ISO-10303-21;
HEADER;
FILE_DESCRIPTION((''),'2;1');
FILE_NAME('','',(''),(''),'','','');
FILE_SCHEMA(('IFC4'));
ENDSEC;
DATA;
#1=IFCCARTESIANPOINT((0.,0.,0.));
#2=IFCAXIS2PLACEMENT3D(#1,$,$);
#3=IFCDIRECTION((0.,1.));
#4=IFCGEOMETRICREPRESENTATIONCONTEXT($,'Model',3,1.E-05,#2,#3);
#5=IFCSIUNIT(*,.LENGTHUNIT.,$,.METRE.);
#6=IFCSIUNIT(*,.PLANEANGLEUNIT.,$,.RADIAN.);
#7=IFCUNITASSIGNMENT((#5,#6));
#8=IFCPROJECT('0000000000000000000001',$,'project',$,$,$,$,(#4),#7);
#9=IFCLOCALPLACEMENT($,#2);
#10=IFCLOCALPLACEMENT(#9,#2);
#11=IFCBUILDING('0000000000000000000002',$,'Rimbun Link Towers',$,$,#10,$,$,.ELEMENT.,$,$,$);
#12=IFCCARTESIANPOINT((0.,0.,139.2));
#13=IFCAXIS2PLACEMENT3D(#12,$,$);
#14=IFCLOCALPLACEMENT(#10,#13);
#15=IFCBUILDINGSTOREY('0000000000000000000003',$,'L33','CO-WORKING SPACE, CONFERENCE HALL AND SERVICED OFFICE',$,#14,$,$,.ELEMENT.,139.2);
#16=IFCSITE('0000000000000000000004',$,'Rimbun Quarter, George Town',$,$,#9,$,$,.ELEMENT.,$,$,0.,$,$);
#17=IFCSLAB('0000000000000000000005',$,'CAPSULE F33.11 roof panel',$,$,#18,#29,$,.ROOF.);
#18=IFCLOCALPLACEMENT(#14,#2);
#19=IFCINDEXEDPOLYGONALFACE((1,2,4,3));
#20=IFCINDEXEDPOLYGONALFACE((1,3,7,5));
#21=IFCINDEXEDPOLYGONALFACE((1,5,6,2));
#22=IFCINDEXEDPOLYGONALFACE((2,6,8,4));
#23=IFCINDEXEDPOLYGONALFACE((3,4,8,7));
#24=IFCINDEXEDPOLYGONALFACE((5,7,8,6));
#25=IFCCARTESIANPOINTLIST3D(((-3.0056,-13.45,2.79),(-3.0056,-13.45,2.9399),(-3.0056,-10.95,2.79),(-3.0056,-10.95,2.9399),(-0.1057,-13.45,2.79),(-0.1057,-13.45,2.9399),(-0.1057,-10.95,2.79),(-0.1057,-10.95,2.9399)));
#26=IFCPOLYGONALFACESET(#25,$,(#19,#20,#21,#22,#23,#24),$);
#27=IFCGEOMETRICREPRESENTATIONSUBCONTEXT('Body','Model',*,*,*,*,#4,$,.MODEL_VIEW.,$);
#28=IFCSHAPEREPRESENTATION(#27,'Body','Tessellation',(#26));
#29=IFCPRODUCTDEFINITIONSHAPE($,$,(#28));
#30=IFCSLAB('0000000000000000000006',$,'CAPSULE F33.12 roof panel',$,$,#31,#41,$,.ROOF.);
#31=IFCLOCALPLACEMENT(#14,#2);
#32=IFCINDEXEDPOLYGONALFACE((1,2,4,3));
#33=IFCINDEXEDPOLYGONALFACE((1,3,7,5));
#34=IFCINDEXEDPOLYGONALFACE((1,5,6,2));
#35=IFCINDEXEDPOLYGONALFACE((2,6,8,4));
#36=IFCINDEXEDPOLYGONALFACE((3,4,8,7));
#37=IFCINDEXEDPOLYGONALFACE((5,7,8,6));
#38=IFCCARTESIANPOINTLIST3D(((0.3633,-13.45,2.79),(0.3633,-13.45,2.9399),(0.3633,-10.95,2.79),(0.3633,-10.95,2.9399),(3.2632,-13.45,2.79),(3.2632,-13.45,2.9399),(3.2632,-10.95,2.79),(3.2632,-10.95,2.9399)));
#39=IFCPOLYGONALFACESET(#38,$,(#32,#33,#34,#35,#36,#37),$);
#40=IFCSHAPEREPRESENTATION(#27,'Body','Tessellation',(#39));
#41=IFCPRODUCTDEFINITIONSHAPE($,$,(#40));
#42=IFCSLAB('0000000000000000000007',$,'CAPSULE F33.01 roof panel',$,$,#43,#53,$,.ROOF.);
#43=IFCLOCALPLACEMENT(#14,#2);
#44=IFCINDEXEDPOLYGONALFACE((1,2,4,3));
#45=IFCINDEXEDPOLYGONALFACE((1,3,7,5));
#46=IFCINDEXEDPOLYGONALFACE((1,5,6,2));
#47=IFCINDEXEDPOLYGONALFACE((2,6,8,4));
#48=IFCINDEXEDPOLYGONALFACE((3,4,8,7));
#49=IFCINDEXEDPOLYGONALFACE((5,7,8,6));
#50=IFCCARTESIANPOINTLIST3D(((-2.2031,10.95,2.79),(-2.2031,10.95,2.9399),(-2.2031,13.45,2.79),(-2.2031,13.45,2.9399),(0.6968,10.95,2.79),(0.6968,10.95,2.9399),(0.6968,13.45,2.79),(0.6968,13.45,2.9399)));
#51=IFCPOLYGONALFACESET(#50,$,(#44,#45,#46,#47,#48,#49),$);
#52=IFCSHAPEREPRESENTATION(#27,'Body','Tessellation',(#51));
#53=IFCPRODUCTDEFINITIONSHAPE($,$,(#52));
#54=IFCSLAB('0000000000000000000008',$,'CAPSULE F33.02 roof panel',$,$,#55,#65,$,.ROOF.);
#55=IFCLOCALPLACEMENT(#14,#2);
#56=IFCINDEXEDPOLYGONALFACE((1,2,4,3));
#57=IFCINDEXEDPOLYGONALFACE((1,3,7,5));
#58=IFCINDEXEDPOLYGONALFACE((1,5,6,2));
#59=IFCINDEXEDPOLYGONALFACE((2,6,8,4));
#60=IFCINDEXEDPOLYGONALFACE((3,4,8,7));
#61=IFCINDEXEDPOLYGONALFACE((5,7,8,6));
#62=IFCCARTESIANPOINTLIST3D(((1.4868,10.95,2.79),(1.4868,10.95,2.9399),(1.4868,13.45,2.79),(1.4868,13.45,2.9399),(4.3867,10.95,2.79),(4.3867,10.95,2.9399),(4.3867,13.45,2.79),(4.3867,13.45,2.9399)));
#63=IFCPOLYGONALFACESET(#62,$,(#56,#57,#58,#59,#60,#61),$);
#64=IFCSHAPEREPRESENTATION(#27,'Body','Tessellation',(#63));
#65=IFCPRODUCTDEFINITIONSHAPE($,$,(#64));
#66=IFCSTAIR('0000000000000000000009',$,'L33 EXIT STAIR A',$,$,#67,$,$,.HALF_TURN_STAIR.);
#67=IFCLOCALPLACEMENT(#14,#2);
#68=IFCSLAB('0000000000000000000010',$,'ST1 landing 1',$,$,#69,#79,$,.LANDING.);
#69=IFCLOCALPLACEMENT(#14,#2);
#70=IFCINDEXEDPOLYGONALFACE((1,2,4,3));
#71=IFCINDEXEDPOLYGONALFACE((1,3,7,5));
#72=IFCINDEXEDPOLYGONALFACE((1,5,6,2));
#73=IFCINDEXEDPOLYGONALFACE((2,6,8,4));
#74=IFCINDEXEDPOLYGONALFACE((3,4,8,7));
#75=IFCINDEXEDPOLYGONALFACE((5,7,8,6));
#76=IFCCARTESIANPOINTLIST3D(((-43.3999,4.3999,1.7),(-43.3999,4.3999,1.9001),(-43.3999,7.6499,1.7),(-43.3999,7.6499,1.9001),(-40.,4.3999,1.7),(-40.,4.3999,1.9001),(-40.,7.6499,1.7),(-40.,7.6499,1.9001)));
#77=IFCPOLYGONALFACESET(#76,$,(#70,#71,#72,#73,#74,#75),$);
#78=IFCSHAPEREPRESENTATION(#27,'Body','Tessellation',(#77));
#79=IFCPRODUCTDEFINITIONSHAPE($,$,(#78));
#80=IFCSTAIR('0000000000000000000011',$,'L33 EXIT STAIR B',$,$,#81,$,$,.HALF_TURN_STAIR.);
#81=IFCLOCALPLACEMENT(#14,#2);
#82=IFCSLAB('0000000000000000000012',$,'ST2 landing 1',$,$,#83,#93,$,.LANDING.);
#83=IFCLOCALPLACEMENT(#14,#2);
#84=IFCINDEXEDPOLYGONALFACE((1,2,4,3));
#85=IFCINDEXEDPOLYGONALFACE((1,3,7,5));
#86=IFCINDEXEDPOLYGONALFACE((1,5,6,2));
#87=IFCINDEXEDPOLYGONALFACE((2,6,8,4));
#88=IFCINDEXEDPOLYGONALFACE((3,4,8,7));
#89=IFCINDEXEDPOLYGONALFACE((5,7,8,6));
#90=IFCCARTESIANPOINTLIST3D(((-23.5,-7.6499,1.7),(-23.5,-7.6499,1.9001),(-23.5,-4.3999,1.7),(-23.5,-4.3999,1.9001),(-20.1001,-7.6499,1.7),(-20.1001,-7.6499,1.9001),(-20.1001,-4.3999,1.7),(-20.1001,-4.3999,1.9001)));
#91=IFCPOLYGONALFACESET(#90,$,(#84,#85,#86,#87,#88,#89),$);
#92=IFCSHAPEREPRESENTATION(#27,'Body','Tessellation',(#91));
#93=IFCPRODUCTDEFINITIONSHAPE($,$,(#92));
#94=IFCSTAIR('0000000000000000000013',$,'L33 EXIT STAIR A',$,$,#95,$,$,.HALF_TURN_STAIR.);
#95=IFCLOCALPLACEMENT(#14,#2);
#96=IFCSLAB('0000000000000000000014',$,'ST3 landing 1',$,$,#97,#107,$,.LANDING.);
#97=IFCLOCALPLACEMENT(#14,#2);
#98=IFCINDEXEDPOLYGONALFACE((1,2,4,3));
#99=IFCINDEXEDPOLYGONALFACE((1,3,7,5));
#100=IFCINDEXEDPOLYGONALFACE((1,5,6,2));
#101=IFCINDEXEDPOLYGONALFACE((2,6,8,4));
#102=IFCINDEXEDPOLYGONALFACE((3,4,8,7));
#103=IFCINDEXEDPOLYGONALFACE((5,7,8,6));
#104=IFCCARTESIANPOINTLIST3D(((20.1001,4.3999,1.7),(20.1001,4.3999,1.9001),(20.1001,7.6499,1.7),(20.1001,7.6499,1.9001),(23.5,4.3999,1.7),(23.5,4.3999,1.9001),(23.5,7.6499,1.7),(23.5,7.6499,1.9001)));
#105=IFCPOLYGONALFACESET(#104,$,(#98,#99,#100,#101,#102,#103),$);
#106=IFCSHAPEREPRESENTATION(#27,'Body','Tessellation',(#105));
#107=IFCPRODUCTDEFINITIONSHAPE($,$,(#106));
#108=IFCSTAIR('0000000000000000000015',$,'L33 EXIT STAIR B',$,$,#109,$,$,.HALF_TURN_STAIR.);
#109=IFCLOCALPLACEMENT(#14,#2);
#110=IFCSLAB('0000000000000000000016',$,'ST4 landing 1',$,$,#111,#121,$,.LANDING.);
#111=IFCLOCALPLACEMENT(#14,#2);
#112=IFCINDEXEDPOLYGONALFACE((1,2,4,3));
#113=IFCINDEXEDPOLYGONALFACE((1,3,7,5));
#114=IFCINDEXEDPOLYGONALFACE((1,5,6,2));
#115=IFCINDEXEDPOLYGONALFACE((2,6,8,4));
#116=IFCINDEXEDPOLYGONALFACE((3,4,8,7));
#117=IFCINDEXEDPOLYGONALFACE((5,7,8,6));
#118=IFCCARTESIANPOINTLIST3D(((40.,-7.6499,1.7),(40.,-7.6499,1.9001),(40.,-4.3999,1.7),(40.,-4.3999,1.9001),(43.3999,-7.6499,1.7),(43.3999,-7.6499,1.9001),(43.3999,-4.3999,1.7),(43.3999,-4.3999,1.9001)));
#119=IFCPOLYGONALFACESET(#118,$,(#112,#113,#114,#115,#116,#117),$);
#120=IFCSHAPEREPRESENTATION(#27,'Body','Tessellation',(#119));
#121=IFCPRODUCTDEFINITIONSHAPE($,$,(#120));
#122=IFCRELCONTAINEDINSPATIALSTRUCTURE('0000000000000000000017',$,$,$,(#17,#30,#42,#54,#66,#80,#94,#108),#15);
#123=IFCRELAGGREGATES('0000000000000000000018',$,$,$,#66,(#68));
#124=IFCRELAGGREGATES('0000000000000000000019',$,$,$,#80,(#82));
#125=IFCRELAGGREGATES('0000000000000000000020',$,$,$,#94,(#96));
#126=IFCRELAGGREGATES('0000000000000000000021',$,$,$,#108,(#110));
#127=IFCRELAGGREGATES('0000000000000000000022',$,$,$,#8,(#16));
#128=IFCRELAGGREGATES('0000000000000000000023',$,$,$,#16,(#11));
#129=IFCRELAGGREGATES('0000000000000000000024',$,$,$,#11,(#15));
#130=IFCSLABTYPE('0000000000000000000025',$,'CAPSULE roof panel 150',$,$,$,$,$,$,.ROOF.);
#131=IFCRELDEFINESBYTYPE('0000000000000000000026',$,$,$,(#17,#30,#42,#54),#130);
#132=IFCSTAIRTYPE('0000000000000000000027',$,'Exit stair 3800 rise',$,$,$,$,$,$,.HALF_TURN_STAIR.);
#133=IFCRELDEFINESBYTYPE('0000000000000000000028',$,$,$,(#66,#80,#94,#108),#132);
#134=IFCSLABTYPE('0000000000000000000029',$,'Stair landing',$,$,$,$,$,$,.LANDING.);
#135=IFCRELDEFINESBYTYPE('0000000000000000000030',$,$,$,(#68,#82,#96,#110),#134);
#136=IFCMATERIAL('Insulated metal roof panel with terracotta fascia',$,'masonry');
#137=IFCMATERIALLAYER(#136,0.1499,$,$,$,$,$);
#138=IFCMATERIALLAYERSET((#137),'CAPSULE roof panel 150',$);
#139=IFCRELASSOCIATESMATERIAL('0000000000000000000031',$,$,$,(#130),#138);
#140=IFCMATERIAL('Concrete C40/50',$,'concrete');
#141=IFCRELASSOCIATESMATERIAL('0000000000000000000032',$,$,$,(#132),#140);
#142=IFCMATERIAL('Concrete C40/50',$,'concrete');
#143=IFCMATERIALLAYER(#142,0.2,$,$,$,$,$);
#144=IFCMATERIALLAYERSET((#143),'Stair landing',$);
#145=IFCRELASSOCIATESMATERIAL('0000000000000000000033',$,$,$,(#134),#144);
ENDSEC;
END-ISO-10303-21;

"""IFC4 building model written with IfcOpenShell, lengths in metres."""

from ifc_helpers import new_model, si_unit, direction, frame, origin, place, context, subcontext, project, spatial, polyline, outline, extrude, material, layer, layer_set, type_object, element, aggregate, save


model = new_model("IFC4")

# Units and contexts
model_context = context("Model", 3, precision=1e-05, world=origin(), true_north=direction((0.0, 1.0)))
body_context = subcontext(model_context, "Body", "Model", "MODEL_VIEW")
ifc_project = project(units=[si_unit("LENGTHUNIT", "METRE"), si_unit("PLANEANGLEUNIT", "RADIAN")], contexts=[model_context])

# Site, building, storey
site_placement = place(None, origin())
site = spatial("IfcSite", under=ifc_project, at=site_placement, Name="Rimbun Quarter, George Town", CompositionType="ELEMENT", RefElevation=0.0)
building_placement = place(site_placement, origin())
building = spatial("IfcBuilding", under=site, at=building_placement, Name="Rimbun Link Towers", CompositionType="ELEMENT")
storey_placement = place(building_placement, frame((0.0, 0.0, 139.2)))
storey = spatial("IfcBuildingStorey", under=building, at=storey_placement, Name="L33", Description="CO-WORKING SPACE, CONFERENCE HALL AND SERVICED OFFICE", CompositionType="ELEMENT", Elevation=139.2)

# Slabs
ifc_material_1 = material(Name="Insulated metal roof panel with terracotta fascia", Category="masonry")
ifc_layer_1 = layer(ifc_material_1, 0.1499)
ifc_layer_set_1 = layer_set([ifc_layer_1], Name="CAPSULE roof panel 150")
slab_type_1 = type_object("IfcSlabType", Name="CAPSULE roof panel 150", PredefinedType="ROOF", material=ifc_layer_set_1)
slab_1_placement = place(storey_placement, frame((0.0, 0.0, 2.79)))
element("IfcSlab", 1, at=slab_1_placement, inside=storey, type_object=slab_type_1, Name="CAPSULE F33.11 roof panel", PredefinedType="ROOF", context=body_context, shape_type="SweptSolid", body=[
    extrude(outline(polyline([(-3.0056, -13.45), (-0.1057, -13.45), (-0.1057, -10.95), (-3.0056, -10.95), (-3.0056, -13.45)])), origin(), (0.0, 0.0, 1.0), 0.1499),
])
slab_2_placement = place(storey_placement, frame((0.0, 0.0, 2.79)))
element("IfcSlab", 2, at=slab_2_placement, inside=storey, type_object=slab_type_1, Name="CAPSULE F33.12 roof panel", PredefinedType="ROOF", context=body_context, shape_type="SweptSolid", body=[
    extrude(outline(polyline([(0.3633, -13.45), (3.2632, -13.45), (3.2632, -10.95), (0.3633, -10.95), (0.3633, -13.45)])), origin(), (0.0, 0.0, 1.0), 0.1499),
])
slab_3_placement = place(storey_placement, frame((0.0, 0.0, 2.79)))
element("IfcSlab", 3, at=slab_3_placement, inside=storey, type_object=slab_type_1, Name="CAPSULE F33.01 roof panel", PredefinedType="ROOF", context=body_context, shape_type="SweptSolid", body=[
    extrude(outline(polyline([(0.6968, 13.45), (-2.2031, 13.45), (-2.2031, 10.95), (0.6968, 10.95), (0.6968, 13.45)])), origin(), (0.0, 0.0, 1.0), 0.1499),
])
slab_4_placement = place(storey_placement, frame((0.0, 0.0, 2.79)))
element("IfcSlab", 4, at=slab_4_placement, inside=storey, type_object=slab_type_1, Name="CAPSULE F33.02 roof panel", PredefinedType="ROOF", context=body_context, shape_type="SweptSolid", body=[
    extrude(outline(polyline([(4.3867, 13.45), (1.4868, 13.45), (1.4868, 10.95), (4.3867, 10.95), (4.3867, 13.45)])), origin(), (0.0, 0.0, 1.0), 0.1499),
])

# Stairs, slabs
ifc_material_2 = material(Name="Concrete C40/50", Category="concrete")
stair_type = type_object("IfcStairType", Name="Exit stair 3800 rise", PredefinedType="HALF_TURN_STAIR", material=ifc_material_2)
stair_1_placement = place(storey_placement, origin())
stair_1 = element("IfcStair", 5, at=stair_1_placement, inside=storey, type_object=stair_type, Name="L33 EXIT STAIR A", PredefinedType="HALF_TURN_STAIR")
ifc_material_3 = material(Name="Concrete C40/50", Category="concrete")
ifc_layer_2 = layer(ifc_material_3, 0.2)
ifc_layer_set_2 = layer_set([ifc_layer_2], Name="Stair landing")
slab_type_2 = type_object("IfcSlabType", Name="Stair landing", PredefinedType="LANDING", material=ifc_layer_set_2)
slab_5_placement = place(storey_placement, frame((0.0, 0.0, 1.7)))
slab_5 = element("IfcSlab", 6, at=slab_5_placement, type_object=slab_type_2, Name="ST1 landing 1", PredefinedType="LANDING", context=body_context, shape_type="SweptSolid", body=[
    extrude(outline(polyline([(-40.0, 7.6499), (-43.3999, 7.6499), (-43.3999, 4.3999), (-40.0, 4.3999), (-40.0, 7.6499)])), origin(), (0.0, 0.0, 1.0), 0.2002),
])
aggregate(stair_1, [slab_5])
stair_2_placement = place(storey_placement, origin())
stair_2 = element("IfcStair", 7, at=stair_2_placement, inside=storey, type_object=stair_type, Name="L33 EXIT STAIR B", PredefinedType="HALF_TURN_STAIR")
slab_6_placement = place(storey_placement, frame((0.0, 0.0, 1.7)))
slab_6 = element("IfcSlab", 8, at=slab_6_placement, type_object=slab_type_2, Name="ST2 landing 1", PredefinedType="LANDING", context=body_context, shape_type="SweptSolid", body=[
    extrude(outline(polyline([(-23.5, -7.6499), (-20.1001, -7.6499), (-20.1001, -4.3999), (-23.5, -4.3999), (-23.5, -7.6499)])), origin(), (0.0, 0.0, 1.0), 0.2002),
])
aggregate(stair_2, [slab_6])
stair_3_placement = place(storey_placement, origin())
stair_3 = element("IfcStair", 9, at=stair_3_placement, inside=storey, type_object=stair_type, Name="L33 EXIT STAIR A", PredefinedType="HALF_TURN_STAIR")
slab_7_placement = place(storey_placement, frame((0.0, 0.0, 1.7)))
slab_7 = element("IfcSlab", 10, at=slab_7_placement, type_object=slab_type_2, Name="ST3 landing 1", PredefinedType="LANDING", context=body_context, shape_type="SweptSolid", body=[
    extrude(outline(polyline([(23.5, 7.6499), (20.1001, 7.6499), (20.1001, 4.3999), (23.5, 4.3999), (23.5, 7.6499)])), origin(), (0.0, 0.0, 1.0), 0.2002),
])
aggregate(stair_3, [slab_7])
stair_4_placement = place(storey_placement, origin())
stair_4 = element("IfcStair", 11, at=stair_4_placement, inside=storey, type_object=stair_type, Name="L33 EXIT STAIR B", PredefinedType="HALF_TURN_STAIR")
slab_8_placement = place(storey_placement, frame((0.0, 0.0, 1.7)))
slab_8 = element("IfcSlab", 12, at=slab_8_placement, type_object=slab_type_2, Name="ST4 landing 1", PredefinedType="LANDING", context=body_context, shape_type="SweptSolid", body=[
    extrude(outline(polyline([(40.0, -7.6499), (43.3999, -7.6499), (43.3999, -4.3999), (40.0, -4.3999), (40.0, -7.6499)])), origin(), (0.0, 0.0, 1.0), 0.2002),
])
aggregate(stair_4, [slab_8])

save(model, "model.ifc")
